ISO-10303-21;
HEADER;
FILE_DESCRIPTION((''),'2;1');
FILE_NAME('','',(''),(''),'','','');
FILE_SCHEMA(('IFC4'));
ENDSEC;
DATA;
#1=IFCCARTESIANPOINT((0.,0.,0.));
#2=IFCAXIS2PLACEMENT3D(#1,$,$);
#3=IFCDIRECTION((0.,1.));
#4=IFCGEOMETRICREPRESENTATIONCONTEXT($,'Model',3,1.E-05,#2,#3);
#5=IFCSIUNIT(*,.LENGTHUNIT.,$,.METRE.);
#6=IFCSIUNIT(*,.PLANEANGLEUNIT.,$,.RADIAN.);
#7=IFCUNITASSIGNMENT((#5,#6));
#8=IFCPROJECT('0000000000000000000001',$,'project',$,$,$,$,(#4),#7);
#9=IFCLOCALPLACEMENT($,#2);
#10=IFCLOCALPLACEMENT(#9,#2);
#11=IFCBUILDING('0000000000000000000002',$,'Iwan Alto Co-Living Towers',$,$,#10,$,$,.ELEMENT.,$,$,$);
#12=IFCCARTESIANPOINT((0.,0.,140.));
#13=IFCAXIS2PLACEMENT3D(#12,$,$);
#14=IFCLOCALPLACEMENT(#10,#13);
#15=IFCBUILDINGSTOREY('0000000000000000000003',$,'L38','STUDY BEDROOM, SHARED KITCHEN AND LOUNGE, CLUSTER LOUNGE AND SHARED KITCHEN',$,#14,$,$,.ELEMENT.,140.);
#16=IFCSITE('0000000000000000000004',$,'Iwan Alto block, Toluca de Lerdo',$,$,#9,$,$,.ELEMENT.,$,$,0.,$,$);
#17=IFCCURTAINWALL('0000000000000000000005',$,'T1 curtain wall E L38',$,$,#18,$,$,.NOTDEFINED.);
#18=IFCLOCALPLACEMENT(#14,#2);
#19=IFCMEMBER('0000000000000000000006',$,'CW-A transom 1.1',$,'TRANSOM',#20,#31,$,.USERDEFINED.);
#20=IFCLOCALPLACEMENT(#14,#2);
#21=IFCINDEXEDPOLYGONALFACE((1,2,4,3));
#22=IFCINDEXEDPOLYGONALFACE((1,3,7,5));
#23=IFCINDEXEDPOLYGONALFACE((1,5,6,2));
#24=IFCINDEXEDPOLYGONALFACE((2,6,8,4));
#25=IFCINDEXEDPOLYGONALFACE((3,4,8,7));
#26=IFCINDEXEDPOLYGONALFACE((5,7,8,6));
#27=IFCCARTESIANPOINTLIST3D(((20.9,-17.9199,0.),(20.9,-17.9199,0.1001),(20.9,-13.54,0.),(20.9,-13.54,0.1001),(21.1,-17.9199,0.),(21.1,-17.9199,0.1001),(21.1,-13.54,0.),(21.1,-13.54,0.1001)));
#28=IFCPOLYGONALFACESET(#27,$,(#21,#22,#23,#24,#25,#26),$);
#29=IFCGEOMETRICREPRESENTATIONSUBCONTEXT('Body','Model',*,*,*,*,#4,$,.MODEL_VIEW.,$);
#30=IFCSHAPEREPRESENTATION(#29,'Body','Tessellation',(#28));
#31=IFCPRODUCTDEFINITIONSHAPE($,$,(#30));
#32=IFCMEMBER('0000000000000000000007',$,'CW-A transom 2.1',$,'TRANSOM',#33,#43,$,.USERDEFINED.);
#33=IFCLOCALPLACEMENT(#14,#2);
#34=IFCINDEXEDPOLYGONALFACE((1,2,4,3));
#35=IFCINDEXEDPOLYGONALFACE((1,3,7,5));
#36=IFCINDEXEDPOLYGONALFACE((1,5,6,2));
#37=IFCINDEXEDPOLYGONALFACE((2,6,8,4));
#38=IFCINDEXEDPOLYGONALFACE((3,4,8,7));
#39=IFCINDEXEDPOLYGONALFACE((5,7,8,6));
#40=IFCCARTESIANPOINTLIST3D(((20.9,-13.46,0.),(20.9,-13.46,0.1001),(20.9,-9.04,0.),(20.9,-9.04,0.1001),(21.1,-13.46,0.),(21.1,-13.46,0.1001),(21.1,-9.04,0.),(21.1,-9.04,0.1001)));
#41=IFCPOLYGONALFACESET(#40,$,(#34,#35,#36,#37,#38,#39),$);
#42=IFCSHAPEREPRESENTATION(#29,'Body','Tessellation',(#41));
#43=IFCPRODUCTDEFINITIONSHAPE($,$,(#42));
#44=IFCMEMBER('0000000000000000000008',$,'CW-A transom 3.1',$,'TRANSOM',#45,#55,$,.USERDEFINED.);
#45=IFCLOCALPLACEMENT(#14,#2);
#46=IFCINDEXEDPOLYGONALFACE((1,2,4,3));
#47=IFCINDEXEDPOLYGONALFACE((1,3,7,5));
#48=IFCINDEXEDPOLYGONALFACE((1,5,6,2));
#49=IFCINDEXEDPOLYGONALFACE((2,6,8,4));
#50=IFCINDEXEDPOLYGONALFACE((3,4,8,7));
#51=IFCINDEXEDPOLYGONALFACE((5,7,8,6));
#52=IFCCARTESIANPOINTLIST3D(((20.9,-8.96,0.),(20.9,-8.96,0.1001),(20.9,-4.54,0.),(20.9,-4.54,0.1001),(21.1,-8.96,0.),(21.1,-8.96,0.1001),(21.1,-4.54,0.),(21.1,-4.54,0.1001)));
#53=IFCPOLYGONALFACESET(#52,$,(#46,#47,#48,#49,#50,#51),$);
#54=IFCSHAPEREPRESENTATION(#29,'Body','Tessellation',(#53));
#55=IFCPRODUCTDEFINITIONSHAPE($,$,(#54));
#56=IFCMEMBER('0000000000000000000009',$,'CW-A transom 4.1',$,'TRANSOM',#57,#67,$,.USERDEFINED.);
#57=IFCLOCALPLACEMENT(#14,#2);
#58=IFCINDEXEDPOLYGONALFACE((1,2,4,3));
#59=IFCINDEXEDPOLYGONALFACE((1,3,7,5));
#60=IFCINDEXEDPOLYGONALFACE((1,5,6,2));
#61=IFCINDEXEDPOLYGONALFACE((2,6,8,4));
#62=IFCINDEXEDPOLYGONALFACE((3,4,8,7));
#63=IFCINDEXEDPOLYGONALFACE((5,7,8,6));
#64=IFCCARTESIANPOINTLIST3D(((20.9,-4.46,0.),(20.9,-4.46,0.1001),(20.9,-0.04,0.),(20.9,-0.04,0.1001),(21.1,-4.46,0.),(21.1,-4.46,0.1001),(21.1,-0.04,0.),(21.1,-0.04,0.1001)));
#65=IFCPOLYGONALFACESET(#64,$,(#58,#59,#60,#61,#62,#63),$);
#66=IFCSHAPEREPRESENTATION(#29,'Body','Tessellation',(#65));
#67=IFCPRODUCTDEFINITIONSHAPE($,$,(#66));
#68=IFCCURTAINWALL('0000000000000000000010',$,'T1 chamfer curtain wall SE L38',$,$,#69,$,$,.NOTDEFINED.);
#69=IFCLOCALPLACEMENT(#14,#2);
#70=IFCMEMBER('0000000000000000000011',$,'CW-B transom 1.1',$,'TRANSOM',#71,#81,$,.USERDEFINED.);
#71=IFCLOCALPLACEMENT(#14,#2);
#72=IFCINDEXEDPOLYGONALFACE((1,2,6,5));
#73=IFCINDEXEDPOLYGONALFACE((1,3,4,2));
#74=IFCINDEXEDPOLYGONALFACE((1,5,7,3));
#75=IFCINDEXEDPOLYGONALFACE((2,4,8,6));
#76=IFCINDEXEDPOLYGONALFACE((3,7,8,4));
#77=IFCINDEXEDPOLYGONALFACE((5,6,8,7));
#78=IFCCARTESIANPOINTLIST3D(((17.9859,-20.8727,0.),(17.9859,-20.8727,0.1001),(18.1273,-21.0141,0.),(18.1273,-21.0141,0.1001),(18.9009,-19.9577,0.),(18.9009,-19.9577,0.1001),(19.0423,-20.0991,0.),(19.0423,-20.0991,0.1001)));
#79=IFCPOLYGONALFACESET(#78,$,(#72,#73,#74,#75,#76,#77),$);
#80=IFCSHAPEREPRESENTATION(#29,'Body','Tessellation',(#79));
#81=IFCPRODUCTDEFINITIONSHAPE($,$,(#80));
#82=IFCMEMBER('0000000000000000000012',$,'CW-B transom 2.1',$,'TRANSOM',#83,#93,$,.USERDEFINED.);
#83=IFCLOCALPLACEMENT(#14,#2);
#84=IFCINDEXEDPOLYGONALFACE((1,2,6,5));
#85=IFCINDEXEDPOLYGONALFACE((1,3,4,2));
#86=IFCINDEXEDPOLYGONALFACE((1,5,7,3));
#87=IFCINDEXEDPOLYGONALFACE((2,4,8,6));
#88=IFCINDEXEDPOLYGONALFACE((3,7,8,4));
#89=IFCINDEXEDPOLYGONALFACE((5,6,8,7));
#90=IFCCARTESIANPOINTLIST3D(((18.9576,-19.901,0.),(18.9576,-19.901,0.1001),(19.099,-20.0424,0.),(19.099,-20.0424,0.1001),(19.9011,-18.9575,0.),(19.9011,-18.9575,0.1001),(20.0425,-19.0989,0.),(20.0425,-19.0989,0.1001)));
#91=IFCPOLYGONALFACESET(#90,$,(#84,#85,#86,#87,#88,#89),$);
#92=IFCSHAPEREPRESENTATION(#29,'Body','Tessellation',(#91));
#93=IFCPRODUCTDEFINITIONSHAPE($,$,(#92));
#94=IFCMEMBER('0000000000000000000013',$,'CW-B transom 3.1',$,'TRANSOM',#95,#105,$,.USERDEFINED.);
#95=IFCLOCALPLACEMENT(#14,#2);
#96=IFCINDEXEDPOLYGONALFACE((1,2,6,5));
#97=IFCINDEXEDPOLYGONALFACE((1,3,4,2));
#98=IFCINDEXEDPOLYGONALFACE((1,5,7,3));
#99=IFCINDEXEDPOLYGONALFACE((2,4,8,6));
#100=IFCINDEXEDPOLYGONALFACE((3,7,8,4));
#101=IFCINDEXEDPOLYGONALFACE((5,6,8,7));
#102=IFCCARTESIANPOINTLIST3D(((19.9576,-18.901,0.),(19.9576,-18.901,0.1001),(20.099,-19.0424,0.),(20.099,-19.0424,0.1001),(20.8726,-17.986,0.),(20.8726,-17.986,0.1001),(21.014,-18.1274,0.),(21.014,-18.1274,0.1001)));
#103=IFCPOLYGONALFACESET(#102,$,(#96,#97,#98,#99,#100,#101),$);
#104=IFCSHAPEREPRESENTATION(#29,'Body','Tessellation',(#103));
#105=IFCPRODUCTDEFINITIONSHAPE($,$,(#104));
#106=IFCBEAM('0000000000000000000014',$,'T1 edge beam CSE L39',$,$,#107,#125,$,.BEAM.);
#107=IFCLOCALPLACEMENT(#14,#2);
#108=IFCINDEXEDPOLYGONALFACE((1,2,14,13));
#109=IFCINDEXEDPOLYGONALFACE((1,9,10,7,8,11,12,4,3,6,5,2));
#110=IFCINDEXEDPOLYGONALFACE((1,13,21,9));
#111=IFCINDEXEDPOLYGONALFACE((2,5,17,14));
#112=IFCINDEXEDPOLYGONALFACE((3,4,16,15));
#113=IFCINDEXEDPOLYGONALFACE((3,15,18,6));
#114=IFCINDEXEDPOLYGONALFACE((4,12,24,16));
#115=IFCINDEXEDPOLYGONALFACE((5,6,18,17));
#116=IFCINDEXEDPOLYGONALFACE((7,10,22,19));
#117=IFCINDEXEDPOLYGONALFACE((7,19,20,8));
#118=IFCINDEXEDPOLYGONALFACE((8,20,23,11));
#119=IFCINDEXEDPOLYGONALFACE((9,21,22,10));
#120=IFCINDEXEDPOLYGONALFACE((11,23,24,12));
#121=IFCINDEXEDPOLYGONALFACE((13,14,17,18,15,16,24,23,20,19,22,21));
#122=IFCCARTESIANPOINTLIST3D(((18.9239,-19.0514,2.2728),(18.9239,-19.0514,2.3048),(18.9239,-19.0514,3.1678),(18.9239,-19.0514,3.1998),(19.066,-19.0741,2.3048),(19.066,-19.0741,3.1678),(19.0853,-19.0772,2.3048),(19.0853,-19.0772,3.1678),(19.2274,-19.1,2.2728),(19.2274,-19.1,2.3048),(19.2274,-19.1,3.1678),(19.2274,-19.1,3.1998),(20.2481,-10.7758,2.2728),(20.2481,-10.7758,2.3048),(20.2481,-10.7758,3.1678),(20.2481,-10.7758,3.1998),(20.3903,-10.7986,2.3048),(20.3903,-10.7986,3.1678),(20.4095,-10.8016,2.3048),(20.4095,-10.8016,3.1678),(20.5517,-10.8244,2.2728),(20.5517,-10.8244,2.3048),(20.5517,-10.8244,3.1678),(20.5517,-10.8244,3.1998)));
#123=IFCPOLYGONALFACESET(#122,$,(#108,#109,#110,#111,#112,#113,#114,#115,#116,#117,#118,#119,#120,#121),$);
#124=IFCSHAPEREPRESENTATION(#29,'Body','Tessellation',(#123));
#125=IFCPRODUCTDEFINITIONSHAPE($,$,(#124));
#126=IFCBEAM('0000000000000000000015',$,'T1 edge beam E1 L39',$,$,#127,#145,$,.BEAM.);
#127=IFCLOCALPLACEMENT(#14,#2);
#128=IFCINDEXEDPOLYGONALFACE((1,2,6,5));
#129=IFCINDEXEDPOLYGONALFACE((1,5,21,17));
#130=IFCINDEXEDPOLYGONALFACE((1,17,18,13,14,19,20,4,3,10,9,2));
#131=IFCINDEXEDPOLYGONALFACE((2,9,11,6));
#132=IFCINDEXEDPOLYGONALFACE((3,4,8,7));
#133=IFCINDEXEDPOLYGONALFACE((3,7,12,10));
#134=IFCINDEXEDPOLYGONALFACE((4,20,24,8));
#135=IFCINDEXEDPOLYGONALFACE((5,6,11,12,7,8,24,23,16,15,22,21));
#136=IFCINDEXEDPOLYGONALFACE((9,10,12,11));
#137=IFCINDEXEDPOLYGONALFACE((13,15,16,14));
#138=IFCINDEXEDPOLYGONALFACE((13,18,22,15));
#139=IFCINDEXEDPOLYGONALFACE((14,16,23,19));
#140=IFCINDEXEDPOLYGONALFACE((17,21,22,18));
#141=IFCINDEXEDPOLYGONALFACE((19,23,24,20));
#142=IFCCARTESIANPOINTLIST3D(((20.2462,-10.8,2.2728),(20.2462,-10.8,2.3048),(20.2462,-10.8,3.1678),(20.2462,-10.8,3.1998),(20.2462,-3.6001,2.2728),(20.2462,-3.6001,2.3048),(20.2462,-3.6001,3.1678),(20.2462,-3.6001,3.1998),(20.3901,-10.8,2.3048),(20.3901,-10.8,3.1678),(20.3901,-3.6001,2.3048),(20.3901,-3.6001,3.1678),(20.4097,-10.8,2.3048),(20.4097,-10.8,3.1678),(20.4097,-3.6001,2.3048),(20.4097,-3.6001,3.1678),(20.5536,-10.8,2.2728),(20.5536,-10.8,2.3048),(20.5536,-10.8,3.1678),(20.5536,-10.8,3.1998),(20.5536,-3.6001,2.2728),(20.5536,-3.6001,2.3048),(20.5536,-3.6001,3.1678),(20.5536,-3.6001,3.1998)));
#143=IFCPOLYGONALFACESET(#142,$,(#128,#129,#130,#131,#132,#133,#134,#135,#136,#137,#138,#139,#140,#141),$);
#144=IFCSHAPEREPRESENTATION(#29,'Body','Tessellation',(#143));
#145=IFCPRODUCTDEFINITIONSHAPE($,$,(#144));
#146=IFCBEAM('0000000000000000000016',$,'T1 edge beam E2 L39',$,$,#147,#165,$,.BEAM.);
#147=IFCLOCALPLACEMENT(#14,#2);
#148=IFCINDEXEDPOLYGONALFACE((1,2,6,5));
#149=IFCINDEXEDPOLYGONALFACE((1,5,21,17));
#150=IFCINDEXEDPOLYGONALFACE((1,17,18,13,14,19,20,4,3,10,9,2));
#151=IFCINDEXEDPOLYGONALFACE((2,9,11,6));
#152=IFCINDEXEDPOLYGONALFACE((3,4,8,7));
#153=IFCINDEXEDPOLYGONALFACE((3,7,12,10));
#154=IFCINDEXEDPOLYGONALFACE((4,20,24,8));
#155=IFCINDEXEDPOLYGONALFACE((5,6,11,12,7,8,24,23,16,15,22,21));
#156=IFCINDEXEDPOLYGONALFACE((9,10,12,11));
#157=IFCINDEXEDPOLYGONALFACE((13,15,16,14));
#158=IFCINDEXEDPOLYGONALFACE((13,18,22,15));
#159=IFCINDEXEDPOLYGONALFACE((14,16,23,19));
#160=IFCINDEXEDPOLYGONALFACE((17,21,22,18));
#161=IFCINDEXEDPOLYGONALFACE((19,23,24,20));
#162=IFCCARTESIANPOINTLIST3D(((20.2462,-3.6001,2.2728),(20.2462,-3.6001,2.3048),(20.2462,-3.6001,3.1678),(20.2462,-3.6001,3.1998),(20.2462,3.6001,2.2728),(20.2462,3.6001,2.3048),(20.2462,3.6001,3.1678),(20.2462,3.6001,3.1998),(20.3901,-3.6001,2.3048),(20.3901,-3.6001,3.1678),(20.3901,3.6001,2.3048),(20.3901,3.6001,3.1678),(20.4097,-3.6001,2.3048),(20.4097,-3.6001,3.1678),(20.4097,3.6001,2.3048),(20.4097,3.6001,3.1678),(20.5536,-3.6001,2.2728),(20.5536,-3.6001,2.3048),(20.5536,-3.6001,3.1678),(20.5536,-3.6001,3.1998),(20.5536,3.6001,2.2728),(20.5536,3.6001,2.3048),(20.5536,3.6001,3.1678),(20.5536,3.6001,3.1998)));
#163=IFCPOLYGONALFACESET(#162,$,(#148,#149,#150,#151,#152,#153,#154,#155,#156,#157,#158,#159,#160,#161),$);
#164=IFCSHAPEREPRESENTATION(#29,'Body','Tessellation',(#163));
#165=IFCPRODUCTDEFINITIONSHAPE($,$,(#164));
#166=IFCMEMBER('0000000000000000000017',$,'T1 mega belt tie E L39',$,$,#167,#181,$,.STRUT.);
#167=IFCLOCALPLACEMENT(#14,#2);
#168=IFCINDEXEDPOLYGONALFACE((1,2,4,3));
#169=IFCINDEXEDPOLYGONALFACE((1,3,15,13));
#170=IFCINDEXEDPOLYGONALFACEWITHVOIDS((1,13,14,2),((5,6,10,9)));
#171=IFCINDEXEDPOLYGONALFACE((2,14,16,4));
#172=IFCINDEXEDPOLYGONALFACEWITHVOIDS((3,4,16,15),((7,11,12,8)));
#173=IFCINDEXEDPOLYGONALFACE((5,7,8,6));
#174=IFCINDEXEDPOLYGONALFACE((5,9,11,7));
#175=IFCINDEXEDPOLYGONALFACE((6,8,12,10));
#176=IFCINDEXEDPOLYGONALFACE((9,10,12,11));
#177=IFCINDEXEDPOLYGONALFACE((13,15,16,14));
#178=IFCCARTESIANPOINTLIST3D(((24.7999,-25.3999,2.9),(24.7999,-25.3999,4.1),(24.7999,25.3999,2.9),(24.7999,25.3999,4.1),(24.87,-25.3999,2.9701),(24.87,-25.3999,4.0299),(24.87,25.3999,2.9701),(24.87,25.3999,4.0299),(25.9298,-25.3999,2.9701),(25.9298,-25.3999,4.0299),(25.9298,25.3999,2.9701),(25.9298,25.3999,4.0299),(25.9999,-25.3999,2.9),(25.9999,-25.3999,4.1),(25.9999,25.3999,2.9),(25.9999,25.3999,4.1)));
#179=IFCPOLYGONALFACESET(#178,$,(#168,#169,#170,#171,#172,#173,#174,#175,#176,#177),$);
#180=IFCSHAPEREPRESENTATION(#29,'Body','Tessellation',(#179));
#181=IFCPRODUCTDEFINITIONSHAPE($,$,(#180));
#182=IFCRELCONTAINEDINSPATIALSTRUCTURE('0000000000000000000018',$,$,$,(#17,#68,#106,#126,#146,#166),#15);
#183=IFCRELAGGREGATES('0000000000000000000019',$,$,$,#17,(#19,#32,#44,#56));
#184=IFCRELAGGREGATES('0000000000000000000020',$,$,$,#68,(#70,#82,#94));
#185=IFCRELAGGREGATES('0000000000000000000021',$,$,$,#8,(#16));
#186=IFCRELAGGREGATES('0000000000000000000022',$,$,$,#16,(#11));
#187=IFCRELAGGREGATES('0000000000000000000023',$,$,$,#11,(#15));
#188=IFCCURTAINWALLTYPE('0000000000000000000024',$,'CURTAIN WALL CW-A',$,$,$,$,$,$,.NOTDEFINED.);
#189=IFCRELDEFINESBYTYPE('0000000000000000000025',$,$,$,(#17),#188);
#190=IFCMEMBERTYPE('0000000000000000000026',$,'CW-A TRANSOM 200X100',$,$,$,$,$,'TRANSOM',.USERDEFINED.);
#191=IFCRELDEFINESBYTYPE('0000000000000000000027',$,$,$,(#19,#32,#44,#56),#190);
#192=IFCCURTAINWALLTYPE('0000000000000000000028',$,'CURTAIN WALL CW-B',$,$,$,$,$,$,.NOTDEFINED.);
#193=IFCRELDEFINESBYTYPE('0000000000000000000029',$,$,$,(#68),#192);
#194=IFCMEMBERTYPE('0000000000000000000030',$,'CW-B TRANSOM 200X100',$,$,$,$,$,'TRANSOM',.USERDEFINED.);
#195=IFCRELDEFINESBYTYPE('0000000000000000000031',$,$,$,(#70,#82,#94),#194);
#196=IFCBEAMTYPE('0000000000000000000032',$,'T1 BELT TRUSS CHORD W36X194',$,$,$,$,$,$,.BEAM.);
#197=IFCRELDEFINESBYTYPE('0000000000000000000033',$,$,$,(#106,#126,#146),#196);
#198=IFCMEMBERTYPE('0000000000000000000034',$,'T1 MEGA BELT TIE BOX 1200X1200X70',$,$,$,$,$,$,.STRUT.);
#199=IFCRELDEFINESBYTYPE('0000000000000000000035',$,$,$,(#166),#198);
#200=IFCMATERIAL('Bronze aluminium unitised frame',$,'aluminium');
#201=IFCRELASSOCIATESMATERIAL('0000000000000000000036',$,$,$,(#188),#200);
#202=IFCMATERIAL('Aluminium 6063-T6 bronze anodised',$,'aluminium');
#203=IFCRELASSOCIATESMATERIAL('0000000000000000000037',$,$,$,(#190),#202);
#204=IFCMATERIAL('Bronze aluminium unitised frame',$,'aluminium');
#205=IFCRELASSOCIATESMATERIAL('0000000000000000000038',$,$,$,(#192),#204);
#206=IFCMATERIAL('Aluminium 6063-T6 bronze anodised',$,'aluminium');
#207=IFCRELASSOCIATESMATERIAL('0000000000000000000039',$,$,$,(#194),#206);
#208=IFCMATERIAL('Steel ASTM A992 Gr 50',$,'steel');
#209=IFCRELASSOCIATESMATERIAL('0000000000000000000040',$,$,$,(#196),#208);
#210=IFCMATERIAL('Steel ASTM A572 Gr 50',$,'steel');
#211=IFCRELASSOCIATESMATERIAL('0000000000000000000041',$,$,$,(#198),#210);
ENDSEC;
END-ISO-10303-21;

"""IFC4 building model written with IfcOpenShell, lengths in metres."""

from ifc_helpers import new_model, si_unit, direction, frame, origin, origin_2d, place, context, subcontext, project, spatial, rectangle, hollow_rectangle, i_section, extrude, material, material_profile, profile_set, type_object, element, aggregate, save


model = new_model("IFC4")

# Units and contexts
model_context = context("Model", 3, precision=1e-05, world=origin(), true_north=direction((0.0, 1.0)))
body_context = subcontext(model_context, "Body", "Model", "MODEL_VIEW")
ifc_project = project(units=[si_unit("LENGTHUNIT", "METRE"), si_unit("PLANEANGLEUNIT", "RADIAN")], contexts=[model_context])

# Site, building, storey
site_placement = place(None, origin())
site = spatial("IfcSite", under=ifc_project, at=site_placement, Name="Iwan Alto block, Toluca de Lerdo", CompositionType="ELEMENT", RefElevation=0.0)
building_placement = place(site_placement, origin())
building = spatial("IfcBuilding", under=site, at=building_placement, Name="Iwan Alto Co-Living Towers", CompositionType="ELEMENT")
storey_placement = place(building_placement, frame((0.0, 0.0, 140.0)))
storey = spatial("IfcBuildingStorey", under=building, at=storey_placement, Name="L38", Description="STUDY BEDROOM, SHARED KITCHEN AND LOUNGE, CLUSTER LOUNGE AND SHARED KITCHEN", CompositionType="ELEMENT", Elevation=140.0)

# Curtain walls, members
ifc_material_1 = material(Name="Bronze aluminium unitised frame", Category="aluminium")
curtain_wall_type_1 = type_object("IfcCurtainWallType", Name="CURTAIN WALL CW-A", PredefinedType="NOTDEFINED", material=ifc_material_1)
curtain_wall_1_placement = place(storey_placement, origin())
curtain_wall_1 = element("IfcCurtainWall", 1, at=curtain_wall_1_placement, inside=storey, type_object=curtain_wall_type_1, Name="T1 curtain wall E L38", PredefinedType="NOTDEFINED")
ifc_material_2 = material(Name="Aluminium 6063-T6 bronze anodised", Category="aluminium")
ifc_material_profile_1 = material_profile(ifc_material_2, rectangle(XDim=0.2, YDim=0.1001, at=origin_2d()), Name="AL 200X100")
ifc_profile_set_1 = profile_set([ifc_material_profile_1], Name="Aluminium 6063-T6 bronze anodised")
member_type_1 = type_object("IfcMemberType", Name="CW-A TRANSOM 200X100", ElementType="TRANSOM", PredefinedType="USERDEFINED", material=ifc_profile_set_1)
member_1_placement = place(storey_placement, frame((21.0, -17.9199, 0.05), z_axis=(0.0, 1.0, 0.0), x_axis=(-1.0, 0.0, 0.0)))
member_1 = element("IfcMember", 2, at=member_1_placement, type_object=member_type_1, Name="CW-A transom 1.1", ObjectType="TRANSOM", PredefinedType="USERDEFINED", context=body_context, shape_type="SweptSolid", body=[
    extrude(rectangle(XDim=0.2, YDim=0.1001, at=origin_2d()), origin(), (0.0, 0.0, 1.0), 4.3799),
])
member_2_placement = place(storey_placement, frame((21.0, -13.46, 0.05), z_axis=(0.0, 1.0, 0.0), x_axis=(-1.0, 0.0, 0.0)))
member_2 = element("IfcMember", 3, at=member_2_placement, type_object=member_type_1, Name="CW-A transom 2.1", ObjectType="TRANSOM", PredefinedType="USERDEFINED", context=body_context, shape_type="SweptSolid", body=[
    extrude(rectangle(XDim=0.2, YDim=0.1001, at=origin_2d()), origin(), (0.0, 0.0, 1.0), 4.4199),
])
member_3_placement = place(storey_placement, frame((21.0, -8.96, 0.05), z_axis=(0.0, 1.0, 0.0), x_axis=(-1.0, 0.0, 0.0)))
member_3 = element("IfcMember", 4, at=member_3_placement, type_object=member_type_1, Name="CW-A transom 3.1", ObjectType="TRANSOM", PredefinedType="USERDEFINED", context=body_context, shape_type="SweptSolid", body=[
    extrude(rectangle(XDim=0.2, YDim=0.1001, at=origin_2d()), origin(), (0.0, 0.0, 1.0), 4.4199),
])
member_4_placement = place(storey_placement, frame((21.0, -4.46, 0.05), z_axis=(0.0, 1.0, 0.0), x_axis=(-1.0, 0.0, 0.0)))
member_4 = element("IfcMember", 5, at=member_4_placement, type_object=member_type_1, Name="CW-A transom 4.1", ObjectType="TRANSOM", PredefinedType="USERDEFINED", context=body_context, shape_type="SweptSolid", body=[
    extrude(rectangle(XDim=0.2, YDim=0.1001, at=origin_2d()), origin(), (0.0, 0.0, 1.0), 4.4199),
])
ifc_material_3 = material(Name="Bronze aluminium unitised frame", Category="aluminium")
curtain_wall_type_2 = type_object("IfcCurtainWallType", Name="CURTAIN WALL CW-B", PredefinedType="NOTDEFINED", material=ifc_material_3)
curtain_wall_2_placement = place(storey_placement, origin())
curtain_wall_2 = element("IfcCurtainWall", 6, at=curtain_wall_2_placement, inside=storey, type_object=curtain_wall_type_2, Name="T1 chamfer curtain wall SE L38", PredefinedType="NOTDEFINED")
ifc_material_4 = material(Name="Aluminium 6063-T6 bronze anodised", Category="aluminium")
ifc_material_profile_2 = material_profile(ifc_material_4, rectangle(XDim=0.2, YDim=0.1001, at=origin_2d()), Name="AL 200X100")
ifc_profile_set_2 = profile_set([ifc_material_profile_2], Name="Aluminium 6063-T6 bronze anodised")
member_type_2 = type_object("IfcMemberType", Name="CW-B TRANSOM 200X100", ElementType="TRANSOM", PredefinedType="USERDEFINED", material=ifc_profile_set_2)
member_5_placement = place(storey_placement, frame((18.0566, -20.9434, 0.05), z_axis=(0.707107, 0.707107, 0.0), x_axis=(-0.707107, 0.707107, 0.0)))
member_5 = element("IfcMember", 7, at=member_5_placement, type_object=member_type_2, Name="CW-B transom 1.1", ObjectType="TRANSOM", PredefinedType="USERDEFINED", context=body_context, shape_type="SweptSolid", body=[
    extrude(rectangle(XDim=0.2, YDim=0.1001, at=origin_2d()), origin(), (0.0, 0.0, 1.0), 1.2939),
])
member_6_placement = place(storey_placement, frame((19.0283, -19.9717, 0.05), z_axis=(0.707107, 0.707107, 0.0), x_axis=(-0.707107, 0.707107, 0.0)))
member_6 = element("IfcMember", 8, at=member_6_placement, type_object=member_type_2, Name="CW-B transom 2.1", ObjectType="TRANSOM", PredefinedType="USERDEFINED", context=body_context, shape_type="SweptSolid", body=[
    extrude(rectangle(XDim=0.2, YDim=0.1001, at=origin_2d()), origin(), (0.0, 0.0, 1.0), 1.3342),
])
member_7_placement = place(storey_placement, frame((20.0283, -18.9717, 0.05), z_axis=(0.707107, 0.707107, 0.0), x_axis=(-0.707107, 0.707107, 0.0)))
member_7 = element("IfcMember", 9, at=member_7_placement, type_object=member_type_2, Name="CW-B transom 3.1", ObjectType="TRANSOM", PredefinedType="USERDEFINED", context=body_context, shape_type="SweptSolid", body=[
    extrude(rectangle(XDim=0.2, YDim=0.1001, at=origin_2d()), origin(), (0.0, 0.0, 1.0), 1.2939),
])

# Beams
ifc_material_5 = material(Name="Steel ASTM A992 Gr 50", Category="steel")
ifc_material_profile_3 = material_profile(ifc_material_5, i_section(OverallWidth=0.3074, OverallDepth=0.927, WebThickness=0.0195, FlangeThickness=0.032, at=origin_2d()), Name="W36X194")
ifc_profile_set_3 = profile_set([ifc_material_profile_3], Name="Steel ASTM A992 Gr 50")
beam_type_1 = type_object("IfcBeamType", Name="T1 BELT TRUSS CHORD W36X194", PredefinedType="BEAM", material=ifc_profile_set_3)
beam_1_placement = place(storey_placement, frame((19.0757, -19.0757, 2.7363), z_axis=(0.158004, 0.987438, 0.0), x_axis=(-0.987438, 0.158004, 0.0)))
element("IfcBeam", 10, at=beam_1_placement, inside=storey, type_object=beam_type_1, Name="T1 edge beam CSE L39", PredefinedType="BEAM", context=body_context, shape_type="SweptSolid", body=[
    extrude(i_section(OverallWidth=0.3074, OverallDepth=0.927, WebThickness=0.0195, FlangeThickness=0.032, at=origin_2d()), origin(), (0.0, 0.0, 1.0), 8.3809),
])
beam_2_placement = place(storey_placement, frame((20.3999, -10.8, 2.7363), z_axis=(0.0, 1.0, 0.0), x_axis=(-1.0, 0.0, 0.0)))
element("IfcBeam", 11, at=beam_2_placement, inside=storey, type_object=beam_type_1, Name="T1 edge beam E1 L39", PredefinedType="BEAM", context=body_context, shape_type="SweptSolid", body=[
    extrude(i_section(OverallWidth=0.3074, OverallDepth=0.927, WebThickness=0.0195, FlangeThickness=0.032, at=origin_2d()), origin(), (0.0, 0.0, 1.0), 7.2),
])
beam_3_placement = place(storey_placement, frame((20.3999, -3.6001, 2.7363), z_axis=(0.0, 1.0, 0.0), x_axis=(-1.0, 0.0, 0.0)))
element("IfcBeam", 12, at=beam_3_placement, inside=storey, type_object=beam_type_1, Name="T1 edge beam E2 L39", PredefinedType="BEAM", context=body_context, shape_type="SweptSolid", body=[
    extrude(i_section(OverallWidth=0.3074, OverallDepth=0.927, WebThickness=0.0195, FlangeThickness=0.032, at=origin_2d()), origin(), (0.0, 0.0, 1.0), 7.2002),
])

# Member
ifc_material_6 = material(Name="Steel ASTM A572 Gr 50", Category="steel")
ifc_material_profile_4 = material_profile(ifc_material_6, hollow_rectangle(XDim=1.2, YDim=1.2, WallThickness=0.0701, at=origin_2d()), Name="BOX 1200X1200X70")
ifc_profile_set_4 = profile_set([ifc_material_profile_4], Name="Steel ASTM A572 Gr 50")
member_type_3 = type_object("IfcMemberType", Name="T1 MEGA BELT TIE BOX 1200X1200X70", PredefinedType="STRUT", material=ifc_profile_set_4)
member_8_placement = place(storey_placement, frame((25.3999, -25.3999, 3.5), z_axis=(0.0, 1.0, 0.0), x_axis=(-1.0, 0.0, 0.0)))
element("IfcMember", 13, at=member_8_placement, inside=storey, type_object=member_type_3, Name="T1 mega belt tie E L39", PredefinedType="STRUT", context=body_context, shape_type="SweptSolid", body=[
    extrude(hollow_rectangle(XDim=1.2, YDim=1.2, WallThickness=0.0701, at=origin_2d()), origin(), (0.0, 0.0, 1.0), 50.7998),
])

aggregate(curtain_wall_1, [member_1, member_2, member_3, member_4])
aggregate(curtain_wall_2, [member_5, member_6, member_7])

save(model, "model.ifc")
